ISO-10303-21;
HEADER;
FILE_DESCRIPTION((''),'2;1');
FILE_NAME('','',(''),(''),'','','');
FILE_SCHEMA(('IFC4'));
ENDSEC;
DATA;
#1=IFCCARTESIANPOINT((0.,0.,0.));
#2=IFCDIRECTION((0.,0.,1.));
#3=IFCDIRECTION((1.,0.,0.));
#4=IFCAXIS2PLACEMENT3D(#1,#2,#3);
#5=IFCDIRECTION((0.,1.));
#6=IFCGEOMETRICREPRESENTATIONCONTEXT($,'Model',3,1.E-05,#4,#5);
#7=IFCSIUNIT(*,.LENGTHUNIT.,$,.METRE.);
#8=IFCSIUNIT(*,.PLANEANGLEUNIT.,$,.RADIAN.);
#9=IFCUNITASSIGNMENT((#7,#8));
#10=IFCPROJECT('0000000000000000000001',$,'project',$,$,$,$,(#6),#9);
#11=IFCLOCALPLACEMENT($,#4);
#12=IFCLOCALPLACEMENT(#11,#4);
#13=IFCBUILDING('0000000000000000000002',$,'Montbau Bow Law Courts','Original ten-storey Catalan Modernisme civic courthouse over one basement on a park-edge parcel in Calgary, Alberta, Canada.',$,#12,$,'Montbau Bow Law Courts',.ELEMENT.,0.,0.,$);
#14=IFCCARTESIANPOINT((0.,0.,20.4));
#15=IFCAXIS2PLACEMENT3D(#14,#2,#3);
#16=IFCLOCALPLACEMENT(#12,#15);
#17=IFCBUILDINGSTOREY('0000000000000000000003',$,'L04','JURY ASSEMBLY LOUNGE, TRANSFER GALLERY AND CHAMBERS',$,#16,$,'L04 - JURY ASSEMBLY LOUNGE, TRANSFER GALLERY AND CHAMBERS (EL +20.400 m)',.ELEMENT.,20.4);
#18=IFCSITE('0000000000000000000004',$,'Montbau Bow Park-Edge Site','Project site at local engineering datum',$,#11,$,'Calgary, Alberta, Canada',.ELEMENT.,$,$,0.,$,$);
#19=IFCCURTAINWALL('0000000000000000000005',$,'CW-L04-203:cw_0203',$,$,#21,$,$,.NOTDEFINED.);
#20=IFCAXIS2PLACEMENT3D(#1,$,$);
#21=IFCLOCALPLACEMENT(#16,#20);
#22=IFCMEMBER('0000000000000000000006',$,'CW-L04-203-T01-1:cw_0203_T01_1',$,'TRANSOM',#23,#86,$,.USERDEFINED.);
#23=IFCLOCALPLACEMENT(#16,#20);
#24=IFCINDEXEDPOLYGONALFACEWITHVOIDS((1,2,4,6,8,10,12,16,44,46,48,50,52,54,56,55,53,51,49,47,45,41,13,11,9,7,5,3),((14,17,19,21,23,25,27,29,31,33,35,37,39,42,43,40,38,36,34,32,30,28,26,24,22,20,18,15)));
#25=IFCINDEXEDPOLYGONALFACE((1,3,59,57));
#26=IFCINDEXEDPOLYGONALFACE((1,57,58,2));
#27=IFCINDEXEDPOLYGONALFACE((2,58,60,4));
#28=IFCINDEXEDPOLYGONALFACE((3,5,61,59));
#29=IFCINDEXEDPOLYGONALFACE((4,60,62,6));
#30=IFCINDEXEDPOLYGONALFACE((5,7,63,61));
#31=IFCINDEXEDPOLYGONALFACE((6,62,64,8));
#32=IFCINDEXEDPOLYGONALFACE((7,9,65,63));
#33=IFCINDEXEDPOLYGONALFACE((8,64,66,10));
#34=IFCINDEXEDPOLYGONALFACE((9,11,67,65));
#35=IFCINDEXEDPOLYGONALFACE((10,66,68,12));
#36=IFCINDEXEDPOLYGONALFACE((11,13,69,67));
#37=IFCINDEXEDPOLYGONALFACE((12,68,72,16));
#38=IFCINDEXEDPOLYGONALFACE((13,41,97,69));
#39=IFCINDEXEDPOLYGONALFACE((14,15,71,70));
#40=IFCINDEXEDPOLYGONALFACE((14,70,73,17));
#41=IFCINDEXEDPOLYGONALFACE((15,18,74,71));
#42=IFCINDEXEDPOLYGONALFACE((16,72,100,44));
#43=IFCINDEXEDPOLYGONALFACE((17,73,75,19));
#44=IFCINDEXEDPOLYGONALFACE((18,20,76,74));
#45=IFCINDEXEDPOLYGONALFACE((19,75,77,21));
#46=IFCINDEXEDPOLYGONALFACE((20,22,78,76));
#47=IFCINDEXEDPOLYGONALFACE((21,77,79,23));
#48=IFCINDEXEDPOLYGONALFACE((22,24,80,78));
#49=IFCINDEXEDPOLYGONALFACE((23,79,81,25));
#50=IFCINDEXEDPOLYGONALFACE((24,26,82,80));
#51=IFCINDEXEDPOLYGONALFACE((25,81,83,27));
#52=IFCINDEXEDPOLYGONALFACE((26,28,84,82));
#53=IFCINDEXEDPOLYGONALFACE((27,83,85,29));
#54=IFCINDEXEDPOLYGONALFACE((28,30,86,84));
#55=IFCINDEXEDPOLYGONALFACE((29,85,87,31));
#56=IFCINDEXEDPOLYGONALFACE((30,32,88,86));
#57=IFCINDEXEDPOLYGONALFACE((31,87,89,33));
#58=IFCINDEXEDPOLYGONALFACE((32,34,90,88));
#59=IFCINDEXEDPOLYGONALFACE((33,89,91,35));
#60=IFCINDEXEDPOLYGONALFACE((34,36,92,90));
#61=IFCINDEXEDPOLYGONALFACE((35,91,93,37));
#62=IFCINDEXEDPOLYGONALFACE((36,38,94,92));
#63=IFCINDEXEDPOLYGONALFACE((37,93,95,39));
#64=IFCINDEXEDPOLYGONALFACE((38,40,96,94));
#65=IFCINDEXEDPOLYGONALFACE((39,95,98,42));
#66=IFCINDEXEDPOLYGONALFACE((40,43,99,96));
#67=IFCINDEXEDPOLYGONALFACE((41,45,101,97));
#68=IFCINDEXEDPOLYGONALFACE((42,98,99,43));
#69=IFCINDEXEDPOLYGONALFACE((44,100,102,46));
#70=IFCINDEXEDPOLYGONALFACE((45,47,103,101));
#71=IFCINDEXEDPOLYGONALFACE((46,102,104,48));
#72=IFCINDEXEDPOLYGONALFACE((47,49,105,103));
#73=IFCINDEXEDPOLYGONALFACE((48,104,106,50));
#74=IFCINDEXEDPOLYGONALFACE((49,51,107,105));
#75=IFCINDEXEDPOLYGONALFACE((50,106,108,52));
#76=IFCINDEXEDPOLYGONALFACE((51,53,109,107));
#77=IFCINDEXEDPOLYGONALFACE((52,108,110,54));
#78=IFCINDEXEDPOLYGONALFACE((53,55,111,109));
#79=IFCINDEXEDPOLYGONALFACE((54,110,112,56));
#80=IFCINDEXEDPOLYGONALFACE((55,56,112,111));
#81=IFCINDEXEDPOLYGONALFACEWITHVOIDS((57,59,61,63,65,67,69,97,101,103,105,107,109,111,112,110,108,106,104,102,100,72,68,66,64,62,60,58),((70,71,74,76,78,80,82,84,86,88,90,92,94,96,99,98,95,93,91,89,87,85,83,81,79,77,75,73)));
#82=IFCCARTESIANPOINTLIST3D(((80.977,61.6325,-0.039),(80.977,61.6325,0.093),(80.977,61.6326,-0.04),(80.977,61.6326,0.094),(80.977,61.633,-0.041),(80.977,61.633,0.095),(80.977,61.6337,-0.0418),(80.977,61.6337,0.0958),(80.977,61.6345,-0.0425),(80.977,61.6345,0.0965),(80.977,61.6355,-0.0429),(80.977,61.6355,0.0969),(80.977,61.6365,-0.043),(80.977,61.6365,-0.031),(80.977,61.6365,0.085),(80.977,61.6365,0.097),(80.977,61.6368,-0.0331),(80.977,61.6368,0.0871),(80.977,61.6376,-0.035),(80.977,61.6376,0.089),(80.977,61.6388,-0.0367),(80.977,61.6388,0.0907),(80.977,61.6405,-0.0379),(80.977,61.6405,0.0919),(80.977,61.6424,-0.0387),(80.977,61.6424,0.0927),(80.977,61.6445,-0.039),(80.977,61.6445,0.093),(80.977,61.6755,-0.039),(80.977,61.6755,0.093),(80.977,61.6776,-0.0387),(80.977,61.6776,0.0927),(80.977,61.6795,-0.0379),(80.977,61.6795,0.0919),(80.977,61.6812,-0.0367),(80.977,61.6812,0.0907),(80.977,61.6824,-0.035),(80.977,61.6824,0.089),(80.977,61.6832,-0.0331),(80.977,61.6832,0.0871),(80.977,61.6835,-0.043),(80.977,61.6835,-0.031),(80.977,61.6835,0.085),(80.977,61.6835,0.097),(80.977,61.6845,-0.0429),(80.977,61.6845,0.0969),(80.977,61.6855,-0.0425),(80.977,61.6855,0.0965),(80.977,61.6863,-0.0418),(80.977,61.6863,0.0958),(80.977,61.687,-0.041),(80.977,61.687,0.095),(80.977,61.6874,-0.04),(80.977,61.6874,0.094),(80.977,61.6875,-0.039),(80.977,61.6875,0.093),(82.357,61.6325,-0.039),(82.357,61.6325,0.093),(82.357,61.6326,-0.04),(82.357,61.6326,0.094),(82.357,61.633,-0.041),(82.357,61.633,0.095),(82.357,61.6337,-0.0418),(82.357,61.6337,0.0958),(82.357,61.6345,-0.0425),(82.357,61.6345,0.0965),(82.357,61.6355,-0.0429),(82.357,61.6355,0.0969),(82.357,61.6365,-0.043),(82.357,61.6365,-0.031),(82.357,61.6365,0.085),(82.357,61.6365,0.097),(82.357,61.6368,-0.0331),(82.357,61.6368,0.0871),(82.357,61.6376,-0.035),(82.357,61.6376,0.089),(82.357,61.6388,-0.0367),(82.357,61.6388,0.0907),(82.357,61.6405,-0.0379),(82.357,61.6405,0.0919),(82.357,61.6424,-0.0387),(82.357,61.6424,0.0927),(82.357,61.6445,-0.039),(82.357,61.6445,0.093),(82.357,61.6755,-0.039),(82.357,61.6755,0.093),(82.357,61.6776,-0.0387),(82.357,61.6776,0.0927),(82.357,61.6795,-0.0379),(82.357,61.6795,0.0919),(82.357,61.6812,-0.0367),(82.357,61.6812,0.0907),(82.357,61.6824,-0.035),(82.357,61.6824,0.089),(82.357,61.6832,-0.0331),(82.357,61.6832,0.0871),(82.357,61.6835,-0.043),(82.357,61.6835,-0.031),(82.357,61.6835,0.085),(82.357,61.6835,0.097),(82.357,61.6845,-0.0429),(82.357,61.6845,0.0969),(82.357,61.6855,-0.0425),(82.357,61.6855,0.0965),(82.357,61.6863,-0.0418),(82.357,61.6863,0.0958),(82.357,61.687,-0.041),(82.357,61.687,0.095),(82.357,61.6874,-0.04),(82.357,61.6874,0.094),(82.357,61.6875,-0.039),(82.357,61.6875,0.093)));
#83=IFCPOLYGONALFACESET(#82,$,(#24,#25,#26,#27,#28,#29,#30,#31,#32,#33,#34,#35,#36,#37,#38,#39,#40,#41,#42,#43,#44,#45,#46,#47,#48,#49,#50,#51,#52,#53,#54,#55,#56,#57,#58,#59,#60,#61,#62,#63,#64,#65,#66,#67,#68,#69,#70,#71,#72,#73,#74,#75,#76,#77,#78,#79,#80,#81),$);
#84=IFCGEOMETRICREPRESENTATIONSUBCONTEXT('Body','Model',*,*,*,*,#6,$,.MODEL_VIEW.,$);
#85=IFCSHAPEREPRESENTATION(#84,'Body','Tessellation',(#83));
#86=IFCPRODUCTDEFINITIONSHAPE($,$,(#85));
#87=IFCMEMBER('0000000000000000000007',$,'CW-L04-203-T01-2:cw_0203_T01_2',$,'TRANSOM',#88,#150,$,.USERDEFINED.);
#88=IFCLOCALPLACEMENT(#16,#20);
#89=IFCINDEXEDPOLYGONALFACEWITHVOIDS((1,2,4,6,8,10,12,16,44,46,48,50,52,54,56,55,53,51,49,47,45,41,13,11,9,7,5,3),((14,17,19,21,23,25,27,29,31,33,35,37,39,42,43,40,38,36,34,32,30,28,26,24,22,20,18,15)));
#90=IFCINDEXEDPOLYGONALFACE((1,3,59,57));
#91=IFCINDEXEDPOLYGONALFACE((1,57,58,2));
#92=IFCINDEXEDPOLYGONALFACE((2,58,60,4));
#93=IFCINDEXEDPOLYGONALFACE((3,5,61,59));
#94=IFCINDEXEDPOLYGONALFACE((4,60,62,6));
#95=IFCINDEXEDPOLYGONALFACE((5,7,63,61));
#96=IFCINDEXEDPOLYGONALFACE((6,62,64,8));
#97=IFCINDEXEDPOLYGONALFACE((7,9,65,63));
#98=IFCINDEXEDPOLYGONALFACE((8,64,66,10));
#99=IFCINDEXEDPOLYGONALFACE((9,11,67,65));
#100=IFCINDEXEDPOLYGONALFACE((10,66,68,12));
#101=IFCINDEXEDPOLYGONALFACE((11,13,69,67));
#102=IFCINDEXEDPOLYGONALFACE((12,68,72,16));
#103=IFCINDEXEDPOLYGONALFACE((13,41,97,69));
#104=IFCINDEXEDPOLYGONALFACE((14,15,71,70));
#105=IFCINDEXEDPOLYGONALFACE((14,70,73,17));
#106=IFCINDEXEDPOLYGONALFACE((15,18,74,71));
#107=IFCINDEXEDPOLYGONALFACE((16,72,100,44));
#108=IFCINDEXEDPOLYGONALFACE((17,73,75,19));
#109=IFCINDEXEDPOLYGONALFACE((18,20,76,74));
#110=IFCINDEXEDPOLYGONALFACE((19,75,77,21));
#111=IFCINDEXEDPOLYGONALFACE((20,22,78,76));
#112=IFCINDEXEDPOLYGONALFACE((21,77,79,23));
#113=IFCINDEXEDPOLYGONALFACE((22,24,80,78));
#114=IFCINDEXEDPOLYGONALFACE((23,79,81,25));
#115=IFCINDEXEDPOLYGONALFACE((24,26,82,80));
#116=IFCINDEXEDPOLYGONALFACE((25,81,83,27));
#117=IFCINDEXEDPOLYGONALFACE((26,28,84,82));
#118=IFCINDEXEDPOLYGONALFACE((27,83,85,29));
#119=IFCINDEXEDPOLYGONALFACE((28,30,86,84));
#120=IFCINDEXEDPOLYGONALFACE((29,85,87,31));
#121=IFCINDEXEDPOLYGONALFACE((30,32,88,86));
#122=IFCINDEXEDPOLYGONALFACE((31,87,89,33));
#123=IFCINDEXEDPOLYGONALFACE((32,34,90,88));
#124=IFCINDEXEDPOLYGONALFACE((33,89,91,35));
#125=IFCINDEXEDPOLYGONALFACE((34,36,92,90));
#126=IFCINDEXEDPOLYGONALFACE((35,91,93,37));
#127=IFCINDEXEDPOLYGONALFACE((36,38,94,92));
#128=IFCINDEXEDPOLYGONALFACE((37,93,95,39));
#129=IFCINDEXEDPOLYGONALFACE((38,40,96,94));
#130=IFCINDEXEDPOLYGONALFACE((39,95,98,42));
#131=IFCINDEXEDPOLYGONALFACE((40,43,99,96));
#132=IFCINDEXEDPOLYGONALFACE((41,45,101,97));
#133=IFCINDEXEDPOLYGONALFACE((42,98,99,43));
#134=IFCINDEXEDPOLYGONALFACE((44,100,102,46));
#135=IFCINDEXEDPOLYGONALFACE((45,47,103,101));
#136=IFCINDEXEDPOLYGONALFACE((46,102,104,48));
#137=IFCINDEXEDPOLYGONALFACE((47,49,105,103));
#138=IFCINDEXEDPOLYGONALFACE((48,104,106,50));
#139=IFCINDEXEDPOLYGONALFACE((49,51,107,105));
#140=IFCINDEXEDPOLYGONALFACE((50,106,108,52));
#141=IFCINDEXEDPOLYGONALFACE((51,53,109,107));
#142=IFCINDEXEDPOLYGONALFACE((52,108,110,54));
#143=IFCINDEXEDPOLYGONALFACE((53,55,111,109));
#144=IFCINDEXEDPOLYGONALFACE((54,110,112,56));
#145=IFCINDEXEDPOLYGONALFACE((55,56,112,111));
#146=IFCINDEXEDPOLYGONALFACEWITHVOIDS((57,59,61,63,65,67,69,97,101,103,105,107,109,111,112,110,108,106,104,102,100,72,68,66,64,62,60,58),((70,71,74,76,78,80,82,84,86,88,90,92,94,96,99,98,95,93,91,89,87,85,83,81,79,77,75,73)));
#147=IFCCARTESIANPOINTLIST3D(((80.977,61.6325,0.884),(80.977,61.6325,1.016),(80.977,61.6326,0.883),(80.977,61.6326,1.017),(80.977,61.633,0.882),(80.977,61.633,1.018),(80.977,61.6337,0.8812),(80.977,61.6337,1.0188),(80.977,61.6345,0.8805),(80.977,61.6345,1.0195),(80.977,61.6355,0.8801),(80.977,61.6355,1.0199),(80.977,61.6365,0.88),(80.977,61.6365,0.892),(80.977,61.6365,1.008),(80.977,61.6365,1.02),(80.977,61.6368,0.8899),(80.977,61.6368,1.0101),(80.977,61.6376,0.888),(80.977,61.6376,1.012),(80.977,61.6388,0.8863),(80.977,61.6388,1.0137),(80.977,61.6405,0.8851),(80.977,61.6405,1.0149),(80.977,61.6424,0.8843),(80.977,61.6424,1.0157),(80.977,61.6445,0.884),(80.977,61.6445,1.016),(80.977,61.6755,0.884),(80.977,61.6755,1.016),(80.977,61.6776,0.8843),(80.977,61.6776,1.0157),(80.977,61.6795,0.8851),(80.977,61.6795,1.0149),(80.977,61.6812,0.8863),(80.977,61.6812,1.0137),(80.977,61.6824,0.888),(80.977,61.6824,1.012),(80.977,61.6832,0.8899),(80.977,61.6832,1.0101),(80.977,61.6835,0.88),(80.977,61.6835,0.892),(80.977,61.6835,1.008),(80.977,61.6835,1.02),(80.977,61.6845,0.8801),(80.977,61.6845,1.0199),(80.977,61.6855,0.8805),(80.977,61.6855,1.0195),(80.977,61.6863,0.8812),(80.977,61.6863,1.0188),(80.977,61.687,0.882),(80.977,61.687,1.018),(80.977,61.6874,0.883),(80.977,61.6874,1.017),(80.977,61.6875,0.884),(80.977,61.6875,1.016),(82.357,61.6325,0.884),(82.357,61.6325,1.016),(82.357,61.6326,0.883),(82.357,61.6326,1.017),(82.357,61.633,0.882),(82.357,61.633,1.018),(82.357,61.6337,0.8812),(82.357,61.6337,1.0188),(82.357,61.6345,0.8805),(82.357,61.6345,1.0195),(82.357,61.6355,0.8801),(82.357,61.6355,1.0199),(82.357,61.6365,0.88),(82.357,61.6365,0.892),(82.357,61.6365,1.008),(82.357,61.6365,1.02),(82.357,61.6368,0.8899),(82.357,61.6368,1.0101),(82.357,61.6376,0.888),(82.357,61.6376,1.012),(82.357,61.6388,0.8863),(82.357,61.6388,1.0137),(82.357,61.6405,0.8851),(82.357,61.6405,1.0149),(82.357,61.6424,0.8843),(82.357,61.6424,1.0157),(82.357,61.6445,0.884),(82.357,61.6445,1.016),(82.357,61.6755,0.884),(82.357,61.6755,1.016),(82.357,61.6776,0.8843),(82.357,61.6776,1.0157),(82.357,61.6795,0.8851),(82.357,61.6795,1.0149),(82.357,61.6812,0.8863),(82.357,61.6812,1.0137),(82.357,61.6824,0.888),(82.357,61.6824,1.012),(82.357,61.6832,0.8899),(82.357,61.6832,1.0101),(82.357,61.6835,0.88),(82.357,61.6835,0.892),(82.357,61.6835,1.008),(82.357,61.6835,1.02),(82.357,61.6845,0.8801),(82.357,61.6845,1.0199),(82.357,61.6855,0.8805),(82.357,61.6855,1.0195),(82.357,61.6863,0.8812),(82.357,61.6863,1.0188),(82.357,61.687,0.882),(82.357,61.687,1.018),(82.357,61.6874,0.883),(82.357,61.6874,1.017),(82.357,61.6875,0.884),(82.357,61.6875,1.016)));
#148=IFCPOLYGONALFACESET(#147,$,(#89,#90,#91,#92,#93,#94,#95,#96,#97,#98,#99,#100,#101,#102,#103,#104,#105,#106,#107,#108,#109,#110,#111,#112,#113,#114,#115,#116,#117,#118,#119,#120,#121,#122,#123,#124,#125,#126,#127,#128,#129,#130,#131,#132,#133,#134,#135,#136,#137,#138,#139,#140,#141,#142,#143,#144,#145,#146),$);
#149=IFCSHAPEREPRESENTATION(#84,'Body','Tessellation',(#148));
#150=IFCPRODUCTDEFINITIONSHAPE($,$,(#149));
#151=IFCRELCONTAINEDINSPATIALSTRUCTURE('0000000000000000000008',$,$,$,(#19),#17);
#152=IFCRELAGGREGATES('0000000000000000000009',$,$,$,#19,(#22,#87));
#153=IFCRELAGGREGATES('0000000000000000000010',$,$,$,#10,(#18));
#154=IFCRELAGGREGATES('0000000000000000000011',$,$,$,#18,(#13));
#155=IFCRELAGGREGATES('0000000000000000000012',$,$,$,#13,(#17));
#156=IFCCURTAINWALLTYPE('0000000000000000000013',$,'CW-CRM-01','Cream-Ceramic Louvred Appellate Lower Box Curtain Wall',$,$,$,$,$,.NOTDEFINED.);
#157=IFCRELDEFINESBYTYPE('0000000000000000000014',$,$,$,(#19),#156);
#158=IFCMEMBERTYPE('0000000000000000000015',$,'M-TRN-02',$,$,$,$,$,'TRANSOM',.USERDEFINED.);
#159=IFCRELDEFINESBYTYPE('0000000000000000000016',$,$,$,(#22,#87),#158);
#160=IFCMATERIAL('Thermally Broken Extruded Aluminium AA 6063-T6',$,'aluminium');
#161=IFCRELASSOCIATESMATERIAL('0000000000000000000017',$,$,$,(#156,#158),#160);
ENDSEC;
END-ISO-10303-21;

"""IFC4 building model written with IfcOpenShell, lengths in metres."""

from ifc_helpers import new_model, si_unit, direction, frame, origin_with_axes, origin_2d_with_axis, place, context, subcontext, project, spatial, hollow_rectangle, extrude, material, material_profile, profile_set, type_object, element, aggregate, save


model = new_model("IFC4")

# Units and contexts
model_context = context("Model", 3, precision=1e-05, world=origin_with_axes(), true_north=direction((0.0, 1.0)))
body_context = subcontext(model_context, "Body", "Model", "MODEL_VIEW")
ifc_project = project(units=[si_unit("LENGTHUNIT", "METRE"), si_unit("PLANEANGLEUNIT", "RADIAN")], contexts=[model_context])

# Site, building, storey
site_placement = place(None, origin_with_axes())
site = spatial("IfcSite", under=ifc_project, at=site_placement, Name="Montbau Bow Park-Edge Site", Description="Project site at local engineering datum", LongName="Calgary, Alberta, Canada", CompositionType="ELEMENT", RefElevation=0.0)
building_placement = place(site_placement, origin_with_axes())
building = spatial("IfcBuilding", under=site, at=building_placement, Name="Montbau Bow Law Courts", Description="Original ten-storey Catalan Modernisme civic courthouse over one basement on a park-edge parcel in Calgary, Alberta, Canada.", LongName="Montbau Bow Law Courts", CompositionType="ELEMENT", ElevationOfRefHeight=0.0, ElevationOfTerrain=0.0)
storey_placement = place(building_placement, frame((0.0, 0.0, 20.4), z_axis=(0.0, 0.0, 1.0), x_axis=(1.0, 0.0, 0.0)))
storey = spatial("IfcBuildingStorey", under=building, at=storey_placement, Name="L04", Description="JURY ASSEMBLY LOUNGE, TRANSFER GALLERY AND CHAMBERS", LongName="L04 - JURY ASSEMBLY LOUNGE, TRANSFER GALLERY AND CHAMBERS (EL +20.400 m)", CompositionType="ELEMENT", Elevation=20.4)

# Curtain wall
ifc_material_1 = material(Name="Thermally Broken Extruded Aluminium AA 6063-T6", Category="aluminium")
curtain_wall_type = type_object("IfcCurtainWallType", Name="CW-CRM-01", Description="Cream-Ceramic Louvred Appellate Lower Box Curtain Wall", PredefinedType="NOTDEFINED", material=ifc_material_1)
curtain_wall_1_placement = place(None, frame((80.915, 61.66, 20.4), z_axis=(0.0, 0.0, 1.0), x_axis=(1.0, 0.0, 0.0)))
curtain_wall_1 = element("IfcCurtainWall", 1, at=curtain_wall_1_placement, inside=storey, type_object=curtain_wall_type, Name="CW-L04-203:cw_0203", PredefinedType="NOTDEFINED")

# Members
ifc_material_profile_1 = material_profile(ifc_material_1, hollow_rectangle(XDim=0.055, YDim=0.14, WallThickness=0.004, InnerFilletRadius=0.008, OuterFilletRadius=0.004, at=origin_2d_with_axis()), Name="CWT-140X55", Category="Main", Priority=0)
ifc_profile_set_1 = profile_set([ifc_material_profile_1], Name="Thermally Broken Extruded Aluminium AA 6063-T6")
member_type_1 = type_object("IfcMemberType", Name="M-TRN-02", ElementType="TRANSOM", PredefinedType="USERDEFINED", material=ifc_profile_set_1)
member_1_placement = place(None, frame((80.977, 61.66, 20.427), z_axis=(1.0, 0.0, 0.0), x_axis=(0.0, 1.0, 0.0)))
member_1 = element("IfcMember", 2, at=member_1_placement, type_object=member_type_1, Name="CW-L04-203-T01-1:cw_0203_T01_1", ObjectType="TRANSOM", PredefinedType="USERDEFINED", context=body_context, shape_type="SweptSolid", body=[
    extrude(hollow_rectangle(XDim=0.055, YDim=0.14, WallThickness=0.004, InnerFilletRadius=0.008, OuterFilletRadius=0.004, at=origin_2d_with_axis()), origin_with_axes(), (0.0, 0.0, 1.0), 1.38),
])
member_2_placement = place(None, frame((80.977, 61.66, 21.35), z_axis=(1.0, 0.0, 0.0), x_axis=(0.0, 1.0, 0.0)))
member_2 = element("IfcMember", 3, at=member_2_placement, type_object=member_type_1, Name="CW-L04-203-T01-2:cw_0203_T01_2", ObjectType="TRANSOM", PredefinedType="USERDEFINED", context=body_context, shape_type="SweptSolid", body=[
    extrude(hollow_rectangle(XDim=0.055, YDim=0.14, WallThickness=0.004, InnerFilletRadius=0.008, OuterFilletRadius=0.004, at=origin_2d_with_axis()), origin_with_axes(), (0.0, 0.0, 1.0), 1.38),
])

aggregate(curtain_wall_1, [member_1, member_2])

save(model, "model.ifc")
